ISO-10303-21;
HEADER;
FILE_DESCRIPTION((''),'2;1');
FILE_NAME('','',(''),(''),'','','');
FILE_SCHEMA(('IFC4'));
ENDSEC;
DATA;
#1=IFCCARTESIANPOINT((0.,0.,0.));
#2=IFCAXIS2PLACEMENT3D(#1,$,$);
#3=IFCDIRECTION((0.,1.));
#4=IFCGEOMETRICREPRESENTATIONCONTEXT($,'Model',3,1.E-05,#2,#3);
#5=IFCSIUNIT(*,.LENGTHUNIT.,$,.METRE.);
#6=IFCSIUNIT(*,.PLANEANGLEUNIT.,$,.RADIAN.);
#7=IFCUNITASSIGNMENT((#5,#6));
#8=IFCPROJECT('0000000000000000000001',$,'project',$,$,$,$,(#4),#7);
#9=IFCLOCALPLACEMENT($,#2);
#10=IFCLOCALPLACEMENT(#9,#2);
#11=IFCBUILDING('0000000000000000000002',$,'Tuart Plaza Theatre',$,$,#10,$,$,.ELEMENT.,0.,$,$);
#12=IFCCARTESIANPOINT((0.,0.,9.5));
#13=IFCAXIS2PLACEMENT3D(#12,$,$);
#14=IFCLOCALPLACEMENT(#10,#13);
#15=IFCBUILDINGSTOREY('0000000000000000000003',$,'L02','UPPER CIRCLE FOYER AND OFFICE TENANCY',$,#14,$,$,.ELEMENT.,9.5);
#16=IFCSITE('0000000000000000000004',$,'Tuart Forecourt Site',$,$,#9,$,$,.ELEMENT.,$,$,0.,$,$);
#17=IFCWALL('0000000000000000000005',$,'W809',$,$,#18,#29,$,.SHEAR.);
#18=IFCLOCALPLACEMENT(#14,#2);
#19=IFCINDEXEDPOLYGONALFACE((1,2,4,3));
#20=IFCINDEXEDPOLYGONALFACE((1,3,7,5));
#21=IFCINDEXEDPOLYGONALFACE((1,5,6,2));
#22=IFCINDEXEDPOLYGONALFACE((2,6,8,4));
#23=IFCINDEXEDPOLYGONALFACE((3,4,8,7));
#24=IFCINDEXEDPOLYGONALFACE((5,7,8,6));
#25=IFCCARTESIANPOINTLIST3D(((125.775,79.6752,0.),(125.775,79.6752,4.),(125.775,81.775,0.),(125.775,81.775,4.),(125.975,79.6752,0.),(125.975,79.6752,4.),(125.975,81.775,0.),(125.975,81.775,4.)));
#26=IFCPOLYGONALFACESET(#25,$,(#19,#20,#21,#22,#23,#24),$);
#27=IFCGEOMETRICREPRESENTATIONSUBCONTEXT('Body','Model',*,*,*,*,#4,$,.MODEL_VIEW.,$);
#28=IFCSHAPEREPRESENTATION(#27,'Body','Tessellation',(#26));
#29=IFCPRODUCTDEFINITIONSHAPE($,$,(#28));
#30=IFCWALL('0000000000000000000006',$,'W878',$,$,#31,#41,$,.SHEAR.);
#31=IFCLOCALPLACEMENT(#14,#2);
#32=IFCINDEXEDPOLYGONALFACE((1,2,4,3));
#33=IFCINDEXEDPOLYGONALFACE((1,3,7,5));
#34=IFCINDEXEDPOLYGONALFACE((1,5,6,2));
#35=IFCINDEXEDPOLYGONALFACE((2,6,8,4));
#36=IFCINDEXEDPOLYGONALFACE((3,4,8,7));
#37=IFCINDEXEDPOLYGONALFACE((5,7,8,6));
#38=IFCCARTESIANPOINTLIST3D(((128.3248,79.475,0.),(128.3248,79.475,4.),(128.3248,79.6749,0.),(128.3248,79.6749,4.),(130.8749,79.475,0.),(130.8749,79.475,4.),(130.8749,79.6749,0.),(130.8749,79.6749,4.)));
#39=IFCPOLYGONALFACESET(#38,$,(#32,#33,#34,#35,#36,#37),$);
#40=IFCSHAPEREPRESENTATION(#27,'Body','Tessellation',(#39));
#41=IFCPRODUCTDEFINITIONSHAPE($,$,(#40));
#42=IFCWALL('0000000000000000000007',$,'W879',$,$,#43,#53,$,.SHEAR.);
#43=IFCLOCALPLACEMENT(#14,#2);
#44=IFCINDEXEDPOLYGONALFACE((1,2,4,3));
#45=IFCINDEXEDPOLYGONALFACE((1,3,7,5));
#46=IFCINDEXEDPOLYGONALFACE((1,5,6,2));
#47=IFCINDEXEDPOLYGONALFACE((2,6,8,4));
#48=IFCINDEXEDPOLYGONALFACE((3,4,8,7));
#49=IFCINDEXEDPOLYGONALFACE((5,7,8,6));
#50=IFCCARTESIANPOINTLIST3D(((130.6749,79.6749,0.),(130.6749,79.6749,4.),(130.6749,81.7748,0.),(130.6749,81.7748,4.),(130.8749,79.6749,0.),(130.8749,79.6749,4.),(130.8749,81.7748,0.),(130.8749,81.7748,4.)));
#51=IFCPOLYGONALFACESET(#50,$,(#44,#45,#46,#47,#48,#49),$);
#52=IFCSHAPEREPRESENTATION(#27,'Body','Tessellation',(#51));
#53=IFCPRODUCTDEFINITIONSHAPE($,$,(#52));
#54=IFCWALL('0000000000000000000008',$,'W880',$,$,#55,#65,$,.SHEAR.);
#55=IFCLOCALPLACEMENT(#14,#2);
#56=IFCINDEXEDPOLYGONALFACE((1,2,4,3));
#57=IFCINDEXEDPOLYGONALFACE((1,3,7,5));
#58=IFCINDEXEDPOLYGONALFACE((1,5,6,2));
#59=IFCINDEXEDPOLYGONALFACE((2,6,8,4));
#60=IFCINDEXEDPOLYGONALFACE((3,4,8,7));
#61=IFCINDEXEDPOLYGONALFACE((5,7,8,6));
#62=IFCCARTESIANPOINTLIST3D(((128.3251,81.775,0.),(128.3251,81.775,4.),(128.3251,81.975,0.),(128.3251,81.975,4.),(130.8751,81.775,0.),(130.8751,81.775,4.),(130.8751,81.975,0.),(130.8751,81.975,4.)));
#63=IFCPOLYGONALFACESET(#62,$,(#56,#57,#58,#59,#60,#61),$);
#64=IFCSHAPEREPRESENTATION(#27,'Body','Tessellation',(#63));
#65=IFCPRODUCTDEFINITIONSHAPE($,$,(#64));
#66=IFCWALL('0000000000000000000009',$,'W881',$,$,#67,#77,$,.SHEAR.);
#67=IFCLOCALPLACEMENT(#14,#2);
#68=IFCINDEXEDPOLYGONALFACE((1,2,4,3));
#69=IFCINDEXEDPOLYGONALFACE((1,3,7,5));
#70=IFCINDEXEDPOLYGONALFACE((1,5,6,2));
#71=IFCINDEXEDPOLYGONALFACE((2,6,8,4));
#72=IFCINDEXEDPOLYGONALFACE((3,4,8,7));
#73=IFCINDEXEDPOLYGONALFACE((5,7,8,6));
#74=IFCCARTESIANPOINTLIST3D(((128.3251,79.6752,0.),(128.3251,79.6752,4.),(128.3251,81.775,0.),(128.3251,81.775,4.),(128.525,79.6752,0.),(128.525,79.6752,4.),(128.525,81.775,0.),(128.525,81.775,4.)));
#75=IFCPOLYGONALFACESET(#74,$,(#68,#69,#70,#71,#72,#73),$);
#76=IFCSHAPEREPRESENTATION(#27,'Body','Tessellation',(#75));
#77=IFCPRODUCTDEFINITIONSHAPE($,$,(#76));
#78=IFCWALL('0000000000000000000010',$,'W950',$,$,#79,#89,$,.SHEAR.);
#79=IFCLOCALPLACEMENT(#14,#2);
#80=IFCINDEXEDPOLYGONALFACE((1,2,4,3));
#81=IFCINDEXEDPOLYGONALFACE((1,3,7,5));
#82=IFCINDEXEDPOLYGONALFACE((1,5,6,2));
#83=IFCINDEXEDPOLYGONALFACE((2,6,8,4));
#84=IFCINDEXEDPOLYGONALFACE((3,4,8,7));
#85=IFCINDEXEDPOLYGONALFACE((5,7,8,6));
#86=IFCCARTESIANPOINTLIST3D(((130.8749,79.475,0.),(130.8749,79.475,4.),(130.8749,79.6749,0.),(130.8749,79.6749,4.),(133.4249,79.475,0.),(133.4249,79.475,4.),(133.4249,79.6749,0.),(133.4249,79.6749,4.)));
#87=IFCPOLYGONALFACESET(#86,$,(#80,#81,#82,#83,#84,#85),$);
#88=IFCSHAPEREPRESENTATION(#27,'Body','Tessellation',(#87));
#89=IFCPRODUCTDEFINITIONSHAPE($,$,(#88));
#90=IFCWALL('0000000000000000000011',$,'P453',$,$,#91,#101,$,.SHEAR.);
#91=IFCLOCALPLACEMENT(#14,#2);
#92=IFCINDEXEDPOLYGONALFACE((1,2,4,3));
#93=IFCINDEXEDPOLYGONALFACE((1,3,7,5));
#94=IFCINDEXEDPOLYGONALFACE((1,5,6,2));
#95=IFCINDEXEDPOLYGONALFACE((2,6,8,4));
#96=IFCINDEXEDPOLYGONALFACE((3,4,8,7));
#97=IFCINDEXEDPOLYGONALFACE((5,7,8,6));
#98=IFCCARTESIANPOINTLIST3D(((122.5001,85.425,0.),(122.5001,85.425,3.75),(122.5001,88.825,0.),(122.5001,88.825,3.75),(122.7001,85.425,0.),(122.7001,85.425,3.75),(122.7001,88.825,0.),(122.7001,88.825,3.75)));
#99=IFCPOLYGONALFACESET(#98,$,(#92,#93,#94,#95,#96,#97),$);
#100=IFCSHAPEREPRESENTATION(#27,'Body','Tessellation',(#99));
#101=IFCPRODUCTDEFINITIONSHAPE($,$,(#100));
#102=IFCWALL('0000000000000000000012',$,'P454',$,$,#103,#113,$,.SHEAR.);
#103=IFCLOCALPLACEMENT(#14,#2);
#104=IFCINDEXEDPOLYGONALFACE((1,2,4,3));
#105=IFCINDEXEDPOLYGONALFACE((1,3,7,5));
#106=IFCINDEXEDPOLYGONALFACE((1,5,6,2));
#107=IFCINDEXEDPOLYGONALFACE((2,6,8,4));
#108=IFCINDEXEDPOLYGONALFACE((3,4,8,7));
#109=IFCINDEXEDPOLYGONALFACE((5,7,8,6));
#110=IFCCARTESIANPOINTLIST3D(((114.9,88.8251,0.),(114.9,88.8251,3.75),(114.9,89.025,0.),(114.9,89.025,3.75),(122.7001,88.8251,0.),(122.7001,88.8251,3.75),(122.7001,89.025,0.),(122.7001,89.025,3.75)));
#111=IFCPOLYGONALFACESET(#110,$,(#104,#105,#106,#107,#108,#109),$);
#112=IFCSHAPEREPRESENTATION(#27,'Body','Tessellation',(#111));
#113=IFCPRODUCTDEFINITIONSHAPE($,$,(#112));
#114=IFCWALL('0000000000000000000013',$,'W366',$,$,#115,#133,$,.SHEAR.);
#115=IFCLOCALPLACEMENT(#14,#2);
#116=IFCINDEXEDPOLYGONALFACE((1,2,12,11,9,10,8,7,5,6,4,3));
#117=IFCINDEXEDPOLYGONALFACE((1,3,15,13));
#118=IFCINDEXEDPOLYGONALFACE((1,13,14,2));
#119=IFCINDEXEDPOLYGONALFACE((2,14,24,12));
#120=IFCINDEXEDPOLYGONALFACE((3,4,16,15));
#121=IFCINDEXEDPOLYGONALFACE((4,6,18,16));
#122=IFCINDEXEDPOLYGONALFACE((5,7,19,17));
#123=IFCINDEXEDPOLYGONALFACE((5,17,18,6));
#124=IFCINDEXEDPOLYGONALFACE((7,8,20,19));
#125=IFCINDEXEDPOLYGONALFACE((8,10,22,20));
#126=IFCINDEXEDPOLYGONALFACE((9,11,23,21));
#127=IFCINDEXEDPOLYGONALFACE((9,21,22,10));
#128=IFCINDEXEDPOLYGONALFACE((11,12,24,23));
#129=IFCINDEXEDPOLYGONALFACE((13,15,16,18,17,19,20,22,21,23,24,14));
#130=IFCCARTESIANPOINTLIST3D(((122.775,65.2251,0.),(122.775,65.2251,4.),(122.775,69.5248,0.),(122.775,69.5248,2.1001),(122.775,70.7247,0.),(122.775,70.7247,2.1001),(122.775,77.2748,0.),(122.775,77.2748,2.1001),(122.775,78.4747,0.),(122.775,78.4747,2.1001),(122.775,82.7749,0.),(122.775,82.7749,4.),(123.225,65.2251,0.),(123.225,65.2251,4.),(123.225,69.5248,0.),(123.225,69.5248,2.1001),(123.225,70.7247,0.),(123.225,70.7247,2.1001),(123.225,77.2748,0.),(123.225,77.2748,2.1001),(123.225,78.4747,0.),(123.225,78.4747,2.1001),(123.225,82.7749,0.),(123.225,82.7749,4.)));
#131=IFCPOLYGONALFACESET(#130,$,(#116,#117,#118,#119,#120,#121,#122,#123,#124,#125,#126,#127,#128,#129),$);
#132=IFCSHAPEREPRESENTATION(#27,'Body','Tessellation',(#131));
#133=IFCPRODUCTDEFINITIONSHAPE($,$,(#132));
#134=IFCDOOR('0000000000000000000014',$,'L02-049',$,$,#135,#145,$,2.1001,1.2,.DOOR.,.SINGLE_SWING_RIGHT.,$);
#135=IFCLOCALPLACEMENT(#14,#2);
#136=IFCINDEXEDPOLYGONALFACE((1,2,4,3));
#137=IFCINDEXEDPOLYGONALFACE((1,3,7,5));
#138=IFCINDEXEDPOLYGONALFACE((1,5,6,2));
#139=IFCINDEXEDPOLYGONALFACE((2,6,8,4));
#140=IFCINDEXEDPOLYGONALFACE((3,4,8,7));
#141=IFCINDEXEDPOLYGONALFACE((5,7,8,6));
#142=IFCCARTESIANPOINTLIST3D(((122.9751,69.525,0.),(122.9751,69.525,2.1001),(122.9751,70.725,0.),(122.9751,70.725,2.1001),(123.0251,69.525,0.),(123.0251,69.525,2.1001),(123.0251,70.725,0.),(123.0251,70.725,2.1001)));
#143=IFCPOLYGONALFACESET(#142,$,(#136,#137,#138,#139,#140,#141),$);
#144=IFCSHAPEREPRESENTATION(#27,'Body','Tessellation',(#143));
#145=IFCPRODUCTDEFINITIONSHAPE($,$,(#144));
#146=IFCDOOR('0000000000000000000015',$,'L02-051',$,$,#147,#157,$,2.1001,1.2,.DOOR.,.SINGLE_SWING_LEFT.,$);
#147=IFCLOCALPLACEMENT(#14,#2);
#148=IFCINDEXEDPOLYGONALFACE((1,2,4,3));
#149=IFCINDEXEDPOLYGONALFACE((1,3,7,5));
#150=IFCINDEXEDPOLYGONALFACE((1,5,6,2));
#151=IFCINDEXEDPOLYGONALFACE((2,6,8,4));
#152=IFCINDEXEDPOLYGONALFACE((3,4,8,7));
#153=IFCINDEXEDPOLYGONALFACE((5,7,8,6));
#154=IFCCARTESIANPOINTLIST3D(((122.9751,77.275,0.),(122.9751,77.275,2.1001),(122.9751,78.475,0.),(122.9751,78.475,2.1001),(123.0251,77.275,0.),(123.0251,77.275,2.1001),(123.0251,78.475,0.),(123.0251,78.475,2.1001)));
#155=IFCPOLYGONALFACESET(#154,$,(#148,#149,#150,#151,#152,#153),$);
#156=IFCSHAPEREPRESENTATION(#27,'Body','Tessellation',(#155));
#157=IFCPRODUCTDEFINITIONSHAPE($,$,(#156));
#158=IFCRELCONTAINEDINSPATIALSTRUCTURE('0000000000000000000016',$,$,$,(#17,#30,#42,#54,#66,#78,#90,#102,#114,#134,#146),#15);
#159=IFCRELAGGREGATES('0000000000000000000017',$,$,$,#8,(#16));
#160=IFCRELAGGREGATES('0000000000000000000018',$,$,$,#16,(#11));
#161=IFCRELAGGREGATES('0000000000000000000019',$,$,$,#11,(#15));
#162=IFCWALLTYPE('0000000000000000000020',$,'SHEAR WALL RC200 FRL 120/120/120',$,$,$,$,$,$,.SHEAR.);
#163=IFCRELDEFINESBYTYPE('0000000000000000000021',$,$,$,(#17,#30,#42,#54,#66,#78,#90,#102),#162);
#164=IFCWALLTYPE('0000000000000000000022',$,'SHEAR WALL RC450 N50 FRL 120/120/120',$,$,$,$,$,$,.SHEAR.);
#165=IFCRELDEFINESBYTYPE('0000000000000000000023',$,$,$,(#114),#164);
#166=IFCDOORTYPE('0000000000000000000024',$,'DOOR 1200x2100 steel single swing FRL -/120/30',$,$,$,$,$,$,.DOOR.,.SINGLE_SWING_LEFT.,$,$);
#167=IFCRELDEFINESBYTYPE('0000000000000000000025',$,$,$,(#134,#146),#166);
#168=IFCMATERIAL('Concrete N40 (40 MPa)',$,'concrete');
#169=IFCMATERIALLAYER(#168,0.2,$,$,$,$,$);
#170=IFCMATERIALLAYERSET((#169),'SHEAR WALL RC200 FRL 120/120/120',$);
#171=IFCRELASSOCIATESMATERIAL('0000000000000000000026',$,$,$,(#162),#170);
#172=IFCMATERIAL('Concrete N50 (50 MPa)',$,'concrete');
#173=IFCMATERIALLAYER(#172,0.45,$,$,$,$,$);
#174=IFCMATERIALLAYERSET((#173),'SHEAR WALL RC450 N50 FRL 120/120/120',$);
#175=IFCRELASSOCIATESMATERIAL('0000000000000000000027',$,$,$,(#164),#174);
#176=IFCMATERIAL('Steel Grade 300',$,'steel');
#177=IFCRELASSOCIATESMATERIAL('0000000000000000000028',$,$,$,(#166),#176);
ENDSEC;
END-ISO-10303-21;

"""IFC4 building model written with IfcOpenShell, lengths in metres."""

from ifc_helpers import new_model, si_unit, direction, frame, frame_2d, origin, place, context, subcontext, project, spatial, rectangle, extrude, material, layer, layer_set, type_object, element, fill, save


model = new_model("IFC4")

# Units and contexts
model_context = context("Model", 3, precision=1e-05, world=origin(), true_north=direction((0.0, 1.0)))
body_context = subcontext(model_context, "Body", "Model", "MODEL_VIEW")
ifc_project = project(units=[si_unit("LENGTHUNIT", "METRE"), si_unit("PLANEANGLEUNIT", "RADIAN")], contexts=[model_context])

# Site, building, storey
site_placement = place(None, origin())
site = spatial("IfcSite", under=ifc_project, at=site_placement, Name="Tuart Forecourt Site", CompositionType="ELEMENT", RefElevation=0.0)
building_placement = place(site_placement, origin())
building = spatial("IfcBuilding", under=site, at=building_placement, Name="Tuart Plaza Theatre", CompositionType="ELEMENT", ElevationOfRefHeight=0.0)
storey_placement = place(building_placement, frame((0.0, 0.0, 9.5)))
storey = spatial("IfcBuildingStorey", under=building, at=storey_placement, Name="L02", Description="UPPER CIRCLE FOYER AND OFFICE TENANCY", CompositionType="ELEMENT", Elevation=9.5)

# Walls
ifc_material_1 = material(Name="Concrete N40 (40 MPa)", Category="concrete")
ifc_layer_1 = layer(ifc_material_1, 0.2)
ifc_layer_set_1 = layer_set([ifc_layer_1], Name="SHEAR WALL RC200 FRL 120/120/120")
wall_type_1 = type_object("IfcWallType", Name="SHEAR WALL RC200 FRL 120/120/120", PredefinedType="SHEAR", material=ifc_layer_set_1)
wall_1_placement = place(storey_placement, frame((125.875, 81.7749, 0.0), z_axis=(0.0, 0.0, 1.0), x_axis=(0.0, -1.0, 0.0)))
element("IfcWall", 1, at=wall_1_placement, inside=storey, type_object=wall_type_1, Name="W809", PredefinedType="SHEAR", context=body_context, shape_type="SweptSolid", body=[
    extrude(rectangle(XDim=2.0999, YDim=0.2, at=frame_2d((1.0498, 0.0))), origin(), (0.0, 0.0, 1.0), 4.0),
])
wall_2_placement = place(storey_placement, frame((128.325, 79.575, 0.0), z_axis=(0.0, 0.0, 1.0), x_axis=(1.0, 0.0, 0.0)))
element("IfcWall", 2, at=wall_2_placement, inside=storey, type_object=wall_type_1, Name="W878", PredefinedType="SHEAR", context=body_context, shape_type="SweptSolid", body=[
    extrude(rectangle(XDim=2.55, YDim=0.2, at=frame_2d((1.2749, 0.0))), origin(), (0.0, 0.0, 1.0), 4.0),
])
wall_3_placement = place(storey_placement, frame((130.7749, 79.675, 0.0), z_axis=(0.0, 0.0, 1.0), x_axis=(0.0, 1.0, 0.0)))
element("IfcWall", 3, at=wall_3_placement, inside=storey, type_object=wall_type_1, Name="W879", PredefinedType="SHEAR", context=body_context, shape_type="SweptSolid", body=[
    extrude(rectangle(XDim=2.0999, YDim=0.2, at=frame_2d((1.0498, 0.0))), origin(), (0.0, 0.0, 1.0), 4.0),
])
wall_4_placement = place(storey_placement, frame((130.875, 81.875, 0.0), z_axis=(0.0, 0.0, 1.0), x_axis=(-1.0, 0.0, 0.0)))
element("IfcWall", 4, at=wall_4_placement, inside=storey, type_object=wall_type_1, Name="W880", PredefinedType="SHEAR", context=body_context, shape_type="SweptSolid", body=[
    extrude(rectangle(XDim=2.55, YDim=0.2, at=frame_2d((1.2749, 0.0))), origin(), (0.0, 0.0, 1.0), 4.0),
])
wall_5_placement = place(storey_placement, frame((128.425, 81.7749, 0.0), z_axis=(0.0, 0.0, 1.0), x_axis=(0.0, -1.0, 0.0)))
element("IfcWall", 5, at=wall_5_placement, inside=storey, type_object=wall_type_1, Name="W881", PredefinedType="SHEAR", context=body_context, shape_type="SweptSolid", body=[
    extrude(rectangle(XDim=2.0999, YDim=0.2, at=frame_2d((1.0498, 0.0))), origin(), (0.0, 0.0, 1.0), 4.0),
])
wall_6_placement = place(storey_placement, frame((130.875, 79.575, 0.0), z_axis=(0.0, 0.0, 1.0), x_axis=(1.0, 0.0, 0.0)))
element("IfcWall", 6, at=wall_6_placement, inside=storey, type_object=wall_type_1, Name="W950", PredefinedType="SHEAR", context=body_context, shape_type="SweptSolid", body=[
    extrude(rectangle(XDim=2.55, YDim=0.2, at=frame_2d((1.2749, 0.0))), origin(), (0.0, 0.0, 1.0), 4.0),
])
wall_7_placement = place(storey_placement, frame((122.6001, 85.425, 0.0), z_axis=(0.0, 0.0, 1.0), x_axis=(0.0, 1.0, 0.0)))
element("IfcWall", 7, at=wall_7_placement, inside=storey, type_object=wall_type_1, Name="P453", PredefinedType="SHEAR", context=body_context, shape_type="SweptSolid", body=[
    extrude(rectangle(XDim=3.3999, YDim=0.2, at=frame_2d((1.7, 0.0))), origin(), (0.0, 0.0, 1.0), 3.75),
])
wall_8_placement = place(storey_placement, frame((122.7, 88.925, 0.0), z_axis=(0.0, 0.0, 1.0), x_axis=(-1.0, 0.0, 0.0)))
element("IfcWall", 8, at=wall_8_placement, inside=storey, type_object=wall_type_1, Name="P454", PredefinedType="SHEAR", context=body_context, shape_type="SweptSolid", body=[
    extrude(rectangle(XDim=7.8, YDim=0.2, at=frame_2d((3.8999, 0.0))), origin(), (0.0, 0.0, 1.0), 3.75),
])

# Wall, openings, doors
ifc_material_2 = material(Name="Concrete N50 (50 MPa)", Category="concrete")
ifc_layer_2 = layer(ifc_material_2, 0.45)
ifc_layer_set_2 = layer_set([ifc_layer_2], Name="SHEAR WALL RC450 N50 FRL 120/120/120")
wall_type_2 = type_object("IfcWallType", Name="SHEAR WALL RC450 N50 FRL 120/120/120", PredefinedType="SHEAR", material=ifc_layer_set_2)
wall_9_placement = place(storey_placement, frame((123.0, 82.7749, 0.0), z_axis=(0.0, 0.0, 1.0), x_axis=(0.0, -1.0, 0.0)))
wall_9 = element("IfcWall", 9, at=wall_9_placement, inside=storey, type_object=wall_type_2, Name="W366", PredefinedType="SHEAR", context=body_context, shape_type="SweptSolid", body=[
    extrude(rectangle(XDim=17.5498, YDim=0.45, at=frame_2d((8.7749, 0.0))), origin(), (0.0, 0.0, 1.0), 4.0),
])
opening_1_placement = place(wall_9_placement, frame((12.05, 0.0, 0.0)))
opening_1 = element("IfcOpeningElement", 10, at=opening_1_placement, cuts=wall_9, PredefinedType="OPENING", context=body_context, shape_type="SweptSolid", body=[
    extrude(rectangle(XDim=1.2, YDim=2.1001, at=frame_2d((0.6001, 1.05))), frame((0.0, 0.2349, 0.0), z_axis=(0.0, -1.0, 0.0), x_axis=(1.0, 0.0, 0.0)), (0.0, 0.0, 1.0), 0.47),
])
opening_2_placement = place(wall_9_placement, frame((4.3, 0.0, 0.0)))
opening_2 = element("IfcOpeningElement", 11, at=opening_2_placement, cuts=wall_9, PredefinedType="OPENING", context=body_context, shape_type="SweptSolid", body=[
    extrude(rectangle(XDim=1.2, YDim=2.1001, at=frame_2d((0.6001, 1.05))), frame((0.0, 0.2349, 0.0), z_axis=(0.0, -1.0, 0.0), x_axis=(1.0, 0.0, 0.0)), (0.0, 0.0, 1.0), 0.47),
])
ifc_material_3 = material(Name="Steel Grade 300", Category="steel")
door_type_1 = type_object("IfcDoorType", Name="DOOR 1200x2100 steel single swing FRL -/120/30", OperationType="SINGLE_SWING_LEFT", PredefinedType="DOOR", material=ifc_material_3)
door_1_placement = place(opening_1_placement, frame((1.2, 0.0, 0.0), z_axis=(0.0, 0.0, 1.0), x_axis=(-1.0, 0.0, 0.0)))
door_1 = element("IfcDoor", 12, at=door_1_placement, inside=storey, type_object=door_type_1, Name="L02-049", OperationType="SINGLE_SWING_RIGHT", OverallHeight=2.1001, OverallWidth=1.2, PredefinedType="DOOR", context=body_context, shape_type="SweptSolid", body=[
    extrude(rectangle(XDim=1.2, YDim=2.1001, at=frame_2d((0.6001, 1.05))), frame((0.0, 0.0249, 0.0), z_axis=(0.0, -1.0, 0.0), x_axis=(1.0, 0.0, 0.0)), (0.0, 0.0, 1.0), 0.05),
])
fill(opening_1, door_1)
door_2_placement = place(opening_2_placement, frame((1.2, 0.0, 0.0), z_axis=(0.0, 0.0, 1.0), x_axis=(-1.0, 0.0, 0.0)))
door_2 = element("IfcDoor", 13, at=door_2_placement, inside=storey, type_object=door_type_1, Name="L02-051", OperationType="SINGLE_SWING_LEFT", OverallHeight=2.1001, OverallWidth=1.2, PredefinedType="DOOR", context=body_context, shape_type="SweptSolid", body=[
    extrude(rectangle(XDim=1.2, YDim=2.1001, at=frame_2d((0.6001, 1.05))), frame((0.0, 0.0249, 0.0), z_axis=(0.0, -1.0, 0.0), x_axis=(1.0, 0.0, 0.0)), (0.0, 0.0, 1.0), 0.05),
])
fill(opening_2, door_2)

save(model, "model.ifc")
